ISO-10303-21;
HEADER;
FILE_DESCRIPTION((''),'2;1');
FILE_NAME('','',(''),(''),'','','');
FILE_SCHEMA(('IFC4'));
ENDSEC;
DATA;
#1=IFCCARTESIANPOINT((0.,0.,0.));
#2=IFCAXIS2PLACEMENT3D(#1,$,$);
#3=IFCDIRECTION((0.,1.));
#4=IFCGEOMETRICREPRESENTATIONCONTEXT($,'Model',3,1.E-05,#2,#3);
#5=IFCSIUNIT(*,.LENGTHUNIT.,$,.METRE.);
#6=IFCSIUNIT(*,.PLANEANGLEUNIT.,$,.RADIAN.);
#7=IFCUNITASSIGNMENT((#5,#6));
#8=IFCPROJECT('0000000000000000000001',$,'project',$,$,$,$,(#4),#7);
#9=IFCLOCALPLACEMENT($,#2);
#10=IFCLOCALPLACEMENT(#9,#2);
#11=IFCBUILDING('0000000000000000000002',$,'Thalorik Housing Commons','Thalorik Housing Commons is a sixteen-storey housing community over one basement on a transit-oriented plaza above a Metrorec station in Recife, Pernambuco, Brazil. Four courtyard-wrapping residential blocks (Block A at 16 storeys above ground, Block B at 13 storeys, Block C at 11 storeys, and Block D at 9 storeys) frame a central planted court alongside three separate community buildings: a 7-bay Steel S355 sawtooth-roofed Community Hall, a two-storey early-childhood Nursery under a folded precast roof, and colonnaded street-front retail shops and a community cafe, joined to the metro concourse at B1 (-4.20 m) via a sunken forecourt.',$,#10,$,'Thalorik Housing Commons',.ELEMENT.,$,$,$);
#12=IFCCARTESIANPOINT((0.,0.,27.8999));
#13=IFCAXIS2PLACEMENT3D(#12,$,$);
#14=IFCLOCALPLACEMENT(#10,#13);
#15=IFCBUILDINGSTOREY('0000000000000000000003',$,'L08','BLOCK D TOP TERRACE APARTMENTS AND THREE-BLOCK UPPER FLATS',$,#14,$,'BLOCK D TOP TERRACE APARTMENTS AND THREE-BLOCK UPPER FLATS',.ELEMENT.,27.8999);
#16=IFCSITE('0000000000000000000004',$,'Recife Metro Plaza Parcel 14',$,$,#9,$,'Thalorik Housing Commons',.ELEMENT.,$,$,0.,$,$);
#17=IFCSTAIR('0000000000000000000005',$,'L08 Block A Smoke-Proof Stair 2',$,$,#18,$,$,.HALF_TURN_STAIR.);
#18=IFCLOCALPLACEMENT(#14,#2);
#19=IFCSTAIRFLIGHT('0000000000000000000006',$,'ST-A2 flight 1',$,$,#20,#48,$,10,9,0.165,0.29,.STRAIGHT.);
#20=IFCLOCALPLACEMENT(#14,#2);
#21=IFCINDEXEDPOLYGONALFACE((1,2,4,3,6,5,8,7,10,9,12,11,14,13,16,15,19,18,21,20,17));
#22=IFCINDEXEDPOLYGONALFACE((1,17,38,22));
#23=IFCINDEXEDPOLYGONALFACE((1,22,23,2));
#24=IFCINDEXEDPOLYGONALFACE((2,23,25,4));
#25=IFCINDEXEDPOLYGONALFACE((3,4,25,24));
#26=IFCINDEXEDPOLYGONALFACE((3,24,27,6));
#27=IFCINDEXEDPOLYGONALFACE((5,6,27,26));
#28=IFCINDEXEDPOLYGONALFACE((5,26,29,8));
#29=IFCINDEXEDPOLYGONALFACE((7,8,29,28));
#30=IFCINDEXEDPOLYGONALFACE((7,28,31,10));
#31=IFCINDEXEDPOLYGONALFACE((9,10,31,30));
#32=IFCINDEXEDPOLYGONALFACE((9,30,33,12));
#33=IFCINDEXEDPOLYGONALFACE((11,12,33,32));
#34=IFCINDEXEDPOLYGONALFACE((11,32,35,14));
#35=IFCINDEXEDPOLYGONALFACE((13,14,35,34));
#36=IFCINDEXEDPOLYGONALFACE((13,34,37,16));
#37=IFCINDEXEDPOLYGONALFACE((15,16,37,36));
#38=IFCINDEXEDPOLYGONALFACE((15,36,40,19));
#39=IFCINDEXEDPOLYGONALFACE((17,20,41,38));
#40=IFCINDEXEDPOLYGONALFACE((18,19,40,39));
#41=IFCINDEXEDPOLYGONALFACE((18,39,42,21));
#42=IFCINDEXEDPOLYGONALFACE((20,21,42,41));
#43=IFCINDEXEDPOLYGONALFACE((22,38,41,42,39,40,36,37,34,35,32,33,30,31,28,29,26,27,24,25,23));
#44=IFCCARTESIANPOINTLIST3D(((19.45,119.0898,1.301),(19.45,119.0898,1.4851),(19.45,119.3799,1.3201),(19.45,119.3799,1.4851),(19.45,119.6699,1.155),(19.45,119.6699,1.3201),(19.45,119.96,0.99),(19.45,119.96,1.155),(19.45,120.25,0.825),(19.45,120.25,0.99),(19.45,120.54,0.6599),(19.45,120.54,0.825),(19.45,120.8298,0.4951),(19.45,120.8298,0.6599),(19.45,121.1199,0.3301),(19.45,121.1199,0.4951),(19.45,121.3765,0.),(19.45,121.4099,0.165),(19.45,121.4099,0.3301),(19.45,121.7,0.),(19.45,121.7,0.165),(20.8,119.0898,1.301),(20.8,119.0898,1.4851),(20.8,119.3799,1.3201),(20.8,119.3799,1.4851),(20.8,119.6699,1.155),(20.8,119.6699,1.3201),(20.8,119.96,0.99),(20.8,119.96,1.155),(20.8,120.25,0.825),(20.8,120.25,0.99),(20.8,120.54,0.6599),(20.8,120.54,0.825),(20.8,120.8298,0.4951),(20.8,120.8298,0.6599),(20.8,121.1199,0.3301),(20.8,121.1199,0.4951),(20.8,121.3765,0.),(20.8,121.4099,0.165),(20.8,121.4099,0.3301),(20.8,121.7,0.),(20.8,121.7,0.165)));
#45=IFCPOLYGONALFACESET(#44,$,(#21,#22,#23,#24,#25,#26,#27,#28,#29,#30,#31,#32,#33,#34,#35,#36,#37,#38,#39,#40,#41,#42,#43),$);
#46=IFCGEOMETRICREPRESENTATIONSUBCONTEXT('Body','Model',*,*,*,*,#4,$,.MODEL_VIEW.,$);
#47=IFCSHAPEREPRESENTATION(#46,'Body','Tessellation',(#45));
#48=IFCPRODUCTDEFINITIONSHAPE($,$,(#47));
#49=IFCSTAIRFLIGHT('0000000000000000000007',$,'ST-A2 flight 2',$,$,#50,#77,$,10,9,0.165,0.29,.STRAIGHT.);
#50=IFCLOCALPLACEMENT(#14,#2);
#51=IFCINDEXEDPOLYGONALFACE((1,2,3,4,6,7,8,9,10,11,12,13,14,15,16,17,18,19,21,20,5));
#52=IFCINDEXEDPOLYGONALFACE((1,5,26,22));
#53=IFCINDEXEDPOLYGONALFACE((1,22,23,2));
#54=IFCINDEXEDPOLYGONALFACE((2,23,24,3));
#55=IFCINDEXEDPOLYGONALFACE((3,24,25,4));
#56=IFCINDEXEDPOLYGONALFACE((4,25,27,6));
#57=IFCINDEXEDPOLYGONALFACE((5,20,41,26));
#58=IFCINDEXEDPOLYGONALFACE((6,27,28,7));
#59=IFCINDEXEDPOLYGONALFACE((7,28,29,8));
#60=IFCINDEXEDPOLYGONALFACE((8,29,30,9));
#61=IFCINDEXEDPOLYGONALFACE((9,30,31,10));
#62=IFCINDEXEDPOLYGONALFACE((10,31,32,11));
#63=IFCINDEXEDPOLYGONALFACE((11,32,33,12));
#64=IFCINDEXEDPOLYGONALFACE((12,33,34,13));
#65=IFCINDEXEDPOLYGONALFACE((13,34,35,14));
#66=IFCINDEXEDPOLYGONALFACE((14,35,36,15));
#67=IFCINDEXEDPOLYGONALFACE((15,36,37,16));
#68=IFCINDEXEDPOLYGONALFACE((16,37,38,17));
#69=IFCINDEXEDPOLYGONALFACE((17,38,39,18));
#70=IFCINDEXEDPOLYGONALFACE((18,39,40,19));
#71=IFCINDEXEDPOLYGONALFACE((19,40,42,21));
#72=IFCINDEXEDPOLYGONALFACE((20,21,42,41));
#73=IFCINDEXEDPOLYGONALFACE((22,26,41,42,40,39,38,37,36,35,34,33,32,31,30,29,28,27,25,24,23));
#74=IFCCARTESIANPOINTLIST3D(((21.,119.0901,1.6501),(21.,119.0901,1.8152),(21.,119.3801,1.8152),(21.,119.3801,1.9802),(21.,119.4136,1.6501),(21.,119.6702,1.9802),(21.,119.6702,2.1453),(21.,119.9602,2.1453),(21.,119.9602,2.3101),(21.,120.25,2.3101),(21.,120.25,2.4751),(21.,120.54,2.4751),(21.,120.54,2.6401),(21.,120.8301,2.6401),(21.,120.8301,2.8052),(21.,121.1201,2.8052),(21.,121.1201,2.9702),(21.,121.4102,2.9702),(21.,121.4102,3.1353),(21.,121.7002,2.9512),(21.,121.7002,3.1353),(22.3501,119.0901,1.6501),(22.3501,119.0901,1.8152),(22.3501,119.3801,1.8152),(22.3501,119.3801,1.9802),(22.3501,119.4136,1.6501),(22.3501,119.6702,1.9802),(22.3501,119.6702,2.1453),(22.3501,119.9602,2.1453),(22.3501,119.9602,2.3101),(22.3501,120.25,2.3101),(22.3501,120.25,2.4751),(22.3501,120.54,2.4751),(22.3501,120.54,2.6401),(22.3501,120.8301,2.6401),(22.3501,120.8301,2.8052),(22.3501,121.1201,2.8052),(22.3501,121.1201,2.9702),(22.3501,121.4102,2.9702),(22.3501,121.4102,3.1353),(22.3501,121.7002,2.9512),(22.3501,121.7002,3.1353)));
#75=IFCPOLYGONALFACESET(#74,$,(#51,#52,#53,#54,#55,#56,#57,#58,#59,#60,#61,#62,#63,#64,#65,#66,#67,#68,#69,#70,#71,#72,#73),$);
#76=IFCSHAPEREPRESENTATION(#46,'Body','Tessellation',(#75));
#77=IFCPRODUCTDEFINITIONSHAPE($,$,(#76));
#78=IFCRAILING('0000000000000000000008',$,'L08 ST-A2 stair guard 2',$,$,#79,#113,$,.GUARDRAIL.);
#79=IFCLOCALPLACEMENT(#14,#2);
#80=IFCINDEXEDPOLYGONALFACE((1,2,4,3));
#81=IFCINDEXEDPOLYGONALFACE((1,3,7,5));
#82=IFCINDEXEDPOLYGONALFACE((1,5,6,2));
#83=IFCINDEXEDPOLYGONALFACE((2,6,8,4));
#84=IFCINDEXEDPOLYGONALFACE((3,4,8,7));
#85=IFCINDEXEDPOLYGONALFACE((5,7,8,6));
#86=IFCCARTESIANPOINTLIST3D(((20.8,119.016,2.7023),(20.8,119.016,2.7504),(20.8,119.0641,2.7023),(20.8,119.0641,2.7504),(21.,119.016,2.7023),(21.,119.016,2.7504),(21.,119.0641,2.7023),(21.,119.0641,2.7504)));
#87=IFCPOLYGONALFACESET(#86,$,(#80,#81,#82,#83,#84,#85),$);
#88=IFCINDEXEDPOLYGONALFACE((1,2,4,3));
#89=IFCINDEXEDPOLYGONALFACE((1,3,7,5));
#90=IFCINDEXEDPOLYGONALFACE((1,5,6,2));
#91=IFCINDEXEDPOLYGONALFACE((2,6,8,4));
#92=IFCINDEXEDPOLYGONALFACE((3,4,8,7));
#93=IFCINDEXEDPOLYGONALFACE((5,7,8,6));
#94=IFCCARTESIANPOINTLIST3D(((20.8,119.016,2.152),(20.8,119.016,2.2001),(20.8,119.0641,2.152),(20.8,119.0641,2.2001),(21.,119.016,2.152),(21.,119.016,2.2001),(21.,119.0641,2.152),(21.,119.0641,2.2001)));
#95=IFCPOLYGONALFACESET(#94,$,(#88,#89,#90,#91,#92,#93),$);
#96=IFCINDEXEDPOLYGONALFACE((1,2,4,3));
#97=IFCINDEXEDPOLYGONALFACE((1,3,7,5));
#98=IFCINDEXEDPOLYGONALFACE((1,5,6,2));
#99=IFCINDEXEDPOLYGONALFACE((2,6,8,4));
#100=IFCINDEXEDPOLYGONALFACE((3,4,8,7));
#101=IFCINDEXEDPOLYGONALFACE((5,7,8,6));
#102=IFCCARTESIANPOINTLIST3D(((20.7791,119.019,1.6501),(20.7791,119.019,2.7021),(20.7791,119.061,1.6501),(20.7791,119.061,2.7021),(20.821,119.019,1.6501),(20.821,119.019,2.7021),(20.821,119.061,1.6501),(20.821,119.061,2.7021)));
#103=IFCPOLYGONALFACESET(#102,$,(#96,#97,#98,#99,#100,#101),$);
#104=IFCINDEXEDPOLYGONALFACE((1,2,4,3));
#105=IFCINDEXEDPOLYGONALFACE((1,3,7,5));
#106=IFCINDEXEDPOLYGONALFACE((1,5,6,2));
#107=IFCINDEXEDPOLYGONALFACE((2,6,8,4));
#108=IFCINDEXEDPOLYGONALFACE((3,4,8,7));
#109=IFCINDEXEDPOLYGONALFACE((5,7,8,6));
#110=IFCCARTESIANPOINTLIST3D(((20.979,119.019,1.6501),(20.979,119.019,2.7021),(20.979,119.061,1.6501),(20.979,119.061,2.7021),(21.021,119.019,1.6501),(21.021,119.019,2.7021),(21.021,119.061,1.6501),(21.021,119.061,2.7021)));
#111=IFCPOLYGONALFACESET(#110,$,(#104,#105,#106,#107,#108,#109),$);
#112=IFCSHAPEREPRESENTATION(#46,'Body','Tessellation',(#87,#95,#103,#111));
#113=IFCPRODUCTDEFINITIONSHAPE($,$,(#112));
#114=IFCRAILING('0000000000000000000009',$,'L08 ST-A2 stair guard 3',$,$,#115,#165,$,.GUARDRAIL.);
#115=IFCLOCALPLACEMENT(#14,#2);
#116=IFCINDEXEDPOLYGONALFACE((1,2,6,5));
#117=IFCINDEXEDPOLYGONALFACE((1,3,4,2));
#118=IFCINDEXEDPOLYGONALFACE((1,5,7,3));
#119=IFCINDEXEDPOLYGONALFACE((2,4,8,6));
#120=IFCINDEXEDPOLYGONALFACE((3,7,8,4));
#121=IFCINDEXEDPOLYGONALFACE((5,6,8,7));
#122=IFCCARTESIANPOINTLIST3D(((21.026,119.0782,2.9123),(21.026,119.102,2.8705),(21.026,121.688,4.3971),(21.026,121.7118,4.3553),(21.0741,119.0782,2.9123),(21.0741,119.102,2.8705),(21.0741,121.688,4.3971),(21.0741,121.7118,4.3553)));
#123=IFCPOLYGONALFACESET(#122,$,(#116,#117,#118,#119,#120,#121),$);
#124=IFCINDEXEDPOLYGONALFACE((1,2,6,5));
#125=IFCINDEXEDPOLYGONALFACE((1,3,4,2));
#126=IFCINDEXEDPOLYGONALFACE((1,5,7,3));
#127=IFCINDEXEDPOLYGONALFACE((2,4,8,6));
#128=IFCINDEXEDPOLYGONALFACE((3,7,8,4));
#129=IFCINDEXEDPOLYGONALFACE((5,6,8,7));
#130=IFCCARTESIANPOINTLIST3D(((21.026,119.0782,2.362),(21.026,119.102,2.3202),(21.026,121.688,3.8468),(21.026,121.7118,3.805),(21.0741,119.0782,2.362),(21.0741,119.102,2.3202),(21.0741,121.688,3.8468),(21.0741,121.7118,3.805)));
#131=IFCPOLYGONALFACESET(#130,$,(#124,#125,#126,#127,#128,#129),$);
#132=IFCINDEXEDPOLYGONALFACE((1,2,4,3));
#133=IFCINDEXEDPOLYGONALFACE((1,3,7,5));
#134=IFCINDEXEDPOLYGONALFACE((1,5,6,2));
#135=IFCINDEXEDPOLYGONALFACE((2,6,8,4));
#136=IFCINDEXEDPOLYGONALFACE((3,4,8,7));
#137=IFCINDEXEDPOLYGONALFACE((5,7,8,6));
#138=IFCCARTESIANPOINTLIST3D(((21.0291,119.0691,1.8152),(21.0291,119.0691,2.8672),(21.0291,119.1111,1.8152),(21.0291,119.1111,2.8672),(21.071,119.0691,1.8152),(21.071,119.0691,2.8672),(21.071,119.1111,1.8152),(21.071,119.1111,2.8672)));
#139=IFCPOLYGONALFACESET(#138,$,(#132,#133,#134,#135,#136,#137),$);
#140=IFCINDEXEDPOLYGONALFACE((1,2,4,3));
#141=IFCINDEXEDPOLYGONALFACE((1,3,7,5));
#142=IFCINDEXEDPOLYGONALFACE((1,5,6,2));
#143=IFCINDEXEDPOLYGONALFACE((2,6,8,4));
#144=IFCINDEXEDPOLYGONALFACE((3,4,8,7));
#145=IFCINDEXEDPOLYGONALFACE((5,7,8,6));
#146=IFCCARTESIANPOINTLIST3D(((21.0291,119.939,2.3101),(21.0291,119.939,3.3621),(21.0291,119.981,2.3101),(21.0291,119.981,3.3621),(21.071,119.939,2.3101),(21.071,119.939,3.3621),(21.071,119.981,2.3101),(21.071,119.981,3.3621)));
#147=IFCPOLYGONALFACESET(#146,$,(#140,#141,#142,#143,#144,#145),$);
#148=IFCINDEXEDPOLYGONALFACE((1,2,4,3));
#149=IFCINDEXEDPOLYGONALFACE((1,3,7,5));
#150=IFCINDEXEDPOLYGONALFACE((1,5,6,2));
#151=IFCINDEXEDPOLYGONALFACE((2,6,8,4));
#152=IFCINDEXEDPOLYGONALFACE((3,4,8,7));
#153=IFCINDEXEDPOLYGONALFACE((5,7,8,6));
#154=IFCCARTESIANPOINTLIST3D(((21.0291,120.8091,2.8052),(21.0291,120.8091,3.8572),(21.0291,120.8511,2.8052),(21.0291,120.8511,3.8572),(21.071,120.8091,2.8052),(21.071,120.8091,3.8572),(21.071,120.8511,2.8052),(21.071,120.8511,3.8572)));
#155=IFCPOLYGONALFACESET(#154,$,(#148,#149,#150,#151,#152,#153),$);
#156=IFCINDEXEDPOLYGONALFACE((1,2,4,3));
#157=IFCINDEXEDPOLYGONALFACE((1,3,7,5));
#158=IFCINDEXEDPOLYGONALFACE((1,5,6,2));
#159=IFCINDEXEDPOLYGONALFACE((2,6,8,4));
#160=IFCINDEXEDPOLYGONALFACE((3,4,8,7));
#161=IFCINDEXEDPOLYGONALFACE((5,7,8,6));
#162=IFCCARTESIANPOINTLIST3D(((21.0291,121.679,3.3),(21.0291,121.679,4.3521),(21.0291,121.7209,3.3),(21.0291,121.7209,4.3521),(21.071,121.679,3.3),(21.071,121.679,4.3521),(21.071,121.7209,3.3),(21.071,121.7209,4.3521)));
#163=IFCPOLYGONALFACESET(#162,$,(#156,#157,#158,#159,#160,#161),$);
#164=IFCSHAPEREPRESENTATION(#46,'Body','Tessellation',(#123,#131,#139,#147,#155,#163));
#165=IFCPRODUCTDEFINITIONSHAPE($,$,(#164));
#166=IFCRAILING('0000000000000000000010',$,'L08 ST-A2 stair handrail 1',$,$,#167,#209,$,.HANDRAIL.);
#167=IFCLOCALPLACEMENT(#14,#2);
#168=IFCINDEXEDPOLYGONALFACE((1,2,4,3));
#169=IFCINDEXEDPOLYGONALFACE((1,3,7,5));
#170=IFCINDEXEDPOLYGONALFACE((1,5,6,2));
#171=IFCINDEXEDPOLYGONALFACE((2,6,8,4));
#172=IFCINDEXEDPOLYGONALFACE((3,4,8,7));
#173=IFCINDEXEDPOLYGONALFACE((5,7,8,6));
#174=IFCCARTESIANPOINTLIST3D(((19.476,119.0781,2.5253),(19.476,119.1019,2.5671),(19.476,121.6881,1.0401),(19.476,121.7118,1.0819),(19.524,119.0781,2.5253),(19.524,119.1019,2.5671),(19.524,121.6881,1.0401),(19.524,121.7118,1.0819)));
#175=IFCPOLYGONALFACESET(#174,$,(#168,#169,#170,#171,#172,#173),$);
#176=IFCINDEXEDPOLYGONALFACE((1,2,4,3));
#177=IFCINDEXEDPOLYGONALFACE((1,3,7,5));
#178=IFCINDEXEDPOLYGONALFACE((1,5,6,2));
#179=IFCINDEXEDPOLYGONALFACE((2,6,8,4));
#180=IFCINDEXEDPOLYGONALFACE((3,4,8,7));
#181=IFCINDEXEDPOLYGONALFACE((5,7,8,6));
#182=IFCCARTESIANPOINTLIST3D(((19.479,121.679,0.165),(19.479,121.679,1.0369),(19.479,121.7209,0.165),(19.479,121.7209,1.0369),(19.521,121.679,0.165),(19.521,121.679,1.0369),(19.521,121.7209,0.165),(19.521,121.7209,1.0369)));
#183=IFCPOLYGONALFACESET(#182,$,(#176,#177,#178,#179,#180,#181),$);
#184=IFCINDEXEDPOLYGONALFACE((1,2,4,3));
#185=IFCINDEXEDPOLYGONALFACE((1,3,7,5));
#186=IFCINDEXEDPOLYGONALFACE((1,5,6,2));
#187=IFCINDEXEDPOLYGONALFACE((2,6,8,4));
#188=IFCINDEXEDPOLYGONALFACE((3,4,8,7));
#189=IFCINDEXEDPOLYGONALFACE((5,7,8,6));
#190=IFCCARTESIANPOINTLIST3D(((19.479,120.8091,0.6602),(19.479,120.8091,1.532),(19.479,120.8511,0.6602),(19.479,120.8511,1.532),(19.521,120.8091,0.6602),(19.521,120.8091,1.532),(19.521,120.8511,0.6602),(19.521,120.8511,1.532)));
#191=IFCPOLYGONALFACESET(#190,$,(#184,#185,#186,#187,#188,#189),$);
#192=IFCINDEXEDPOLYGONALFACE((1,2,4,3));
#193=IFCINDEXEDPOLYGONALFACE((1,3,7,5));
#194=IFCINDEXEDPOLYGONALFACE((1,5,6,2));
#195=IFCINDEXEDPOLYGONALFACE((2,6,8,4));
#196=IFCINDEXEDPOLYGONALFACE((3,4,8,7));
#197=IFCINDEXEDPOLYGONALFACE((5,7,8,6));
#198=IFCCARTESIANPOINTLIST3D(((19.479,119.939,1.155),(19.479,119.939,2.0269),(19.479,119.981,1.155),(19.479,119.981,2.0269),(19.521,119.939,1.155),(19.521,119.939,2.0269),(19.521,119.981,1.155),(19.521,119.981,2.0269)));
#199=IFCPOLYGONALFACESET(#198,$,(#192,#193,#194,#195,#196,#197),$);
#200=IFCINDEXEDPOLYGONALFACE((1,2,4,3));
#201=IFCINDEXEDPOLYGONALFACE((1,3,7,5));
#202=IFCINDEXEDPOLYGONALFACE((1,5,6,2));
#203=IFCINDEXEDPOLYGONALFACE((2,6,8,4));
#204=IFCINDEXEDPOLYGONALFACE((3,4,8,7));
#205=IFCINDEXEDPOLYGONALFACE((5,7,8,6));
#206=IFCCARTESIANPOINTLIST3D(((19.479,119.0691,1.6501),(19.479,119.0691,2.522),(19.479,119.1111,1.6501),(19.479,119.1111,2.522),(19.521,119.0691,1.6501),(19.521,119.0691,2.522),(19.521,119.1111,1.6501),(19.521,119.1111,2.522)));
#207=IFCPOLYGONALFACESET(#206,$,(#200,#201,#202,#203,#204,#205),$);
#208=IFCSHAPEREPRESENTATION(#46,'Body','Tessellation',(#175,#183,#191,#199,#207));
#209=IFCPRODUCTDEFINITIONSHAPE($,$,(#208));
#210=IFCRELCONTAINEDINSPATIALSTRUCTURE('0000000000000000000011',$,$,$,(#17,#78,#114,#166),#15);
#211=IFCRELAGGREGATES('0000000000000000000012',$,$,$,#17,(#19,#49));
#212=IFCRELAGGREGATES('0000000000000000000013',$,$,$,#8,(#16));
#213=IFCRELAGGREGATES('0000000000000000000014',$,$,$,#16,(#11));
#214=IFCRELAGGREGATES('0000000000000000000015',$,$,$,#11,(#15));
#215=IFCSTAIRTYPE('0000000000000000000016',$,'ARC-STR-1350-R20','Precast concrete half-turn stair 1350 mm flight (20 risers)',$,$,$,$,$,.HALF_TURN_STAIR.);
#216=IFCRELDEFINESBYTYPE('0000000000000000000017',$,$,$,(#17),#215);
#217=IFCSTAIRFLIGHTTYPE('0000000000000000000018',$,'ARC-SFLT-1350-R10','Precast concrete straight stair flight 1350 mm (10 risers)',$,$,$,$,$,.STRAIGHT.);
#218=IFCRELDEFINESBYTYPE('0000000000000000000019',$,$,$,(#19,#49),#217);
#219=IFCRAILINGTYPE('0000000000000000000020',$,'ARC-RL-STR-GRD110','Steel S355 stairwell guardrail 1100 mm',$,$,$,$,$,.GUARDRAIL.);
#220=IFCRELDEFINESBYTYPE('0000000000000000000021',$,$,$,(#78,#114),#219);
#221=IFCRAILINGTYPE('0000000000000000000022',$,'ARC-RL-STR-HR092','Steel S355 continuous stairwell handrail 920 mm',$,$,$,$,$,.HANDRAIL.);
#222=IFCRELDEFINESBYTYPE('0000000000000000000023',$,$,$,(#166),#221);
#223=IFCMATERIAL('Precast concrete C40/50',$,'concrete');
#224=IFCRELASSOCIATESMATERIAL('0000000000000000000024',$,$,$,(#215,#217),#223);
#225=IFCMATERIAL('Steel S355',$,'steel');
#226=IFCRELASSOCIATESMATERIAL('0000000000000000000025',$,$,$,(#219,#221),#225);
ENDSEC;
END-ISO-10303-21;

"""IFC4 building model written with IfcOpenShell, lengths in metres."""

from ifc_helpers import new_model, si_unit, direction, frame, origin, origin_2d, place, context, subcontext, project, spatial, polyline, rectangle, outline, extrude, material, type_object, element, aggregate, save


model = new_model("IFC4")

# Units and contexts
model_context = context("Model", 3, precision=1e-05, world=origin(), true_north=direction((0.0, 1.0)))
body_context = subcontext(model_context, "Body", "Model", "MODEL_VIEW")
ifc_project = project(units=[si_unit("LENGTHUNIT", "METRE"), si_unit("PLANEANGLEUNIT", "RADIAN")], contexts=[model_context])

# Site, building, storey
site_placement = place(None, origin())
site = spatial("IfcSite", under=ifc_project, at=site_placement, Name="Recife Metro Plaza Parcel 14", LongName="Thalorik Housing Commons", CompositionType="ELEMENT", RefElevation=0.0)
building_placement = place(site_placement, origin())
building = spatial("IfcBuilding", under=site, at=building_placement, Name="Thalorik Housing Commons", Description="Thalorik Housing Commons is a sixteen-storey housing community over one basement on a transit-oriented plaza above a Metrorec station in Recife, Pernambuco, Brazil. Four courtyard-wrapping residential blocks (Block A at 16 storeys above ground, Block B at 13 storeys, Block C at 11 storeys, and Block D at 9 storeys) frame a central planted court alongside three separate community buildings: a 7-bay Steel S355 sawtooth-roofed Community Hall, a two-storey early-childhood Nursery under a folded precast roof, and colonnaded street-front retail shops and a community cafe, joined to the metro concourse at B1 (-4.20 m) via a sunken forecourt.", LongName="Thalorik Housing Commons", CompositionType="ELEMENT")
storey_placement = place(building_placement, frame((0.0, 0.0, 27.8999)))
storey = spatial("IfcBuildingStorey", under=building, at=storey_placement, Name="L08", Description="BLOCK D TOP TERRACE APARTMENTS AND THREE-BLOCK UPPER FLATS", LongName="BLOCK D TOP TERRACE APARTMENTS AND THREE-BLOCK UPPER FLATS", CompositionType="ELEMENT", Elevation=27.8999)

# Shared definitions
ifc_material_1 = material(Name="Precast concrete C40/50", Category="concrete")

# Shared definitions
ifc_material_2 = material(Name="Steel S355", Category="steel")

# Stair, stair flights
stair_type = type_object("IfcStairType", Name="ARC-STR-1350-R20", Description="Precast concrete half-turn stair 1350 mm flight (20 risers)", PredefinedType="HALF_TURN_STAIR", material=ifc_material_1)
stair_placement = place(storey_placement, origin())
stair = element("IfcStair", 1, at=stair_placement, inside=storey, type_object=stair_type, Name="L08 Block A Smoke-Proof Stair 2", PredefinedType="HALF_TURN_STAIR")
stair_flight_type = type_object("IfcStairFlightType", Name="ARC-SFLT-1350-R10", Description="Precast concrete straight stair flight 1350 mm (10 risers)", PredefinedType="STRAIGHT", material=ifc_material_1)
stair_flight_1_placement = place(storey_placement, frame((20.125, 121.7, 0.0), z_axis=(0.0, 0.0, 1.0), x_axis=(0.0, -1.0, 0.0)))
stair_flight_1 = element("IfcStairFlight", 2, at=stair_flight_1_placement, type_object=stair_flight_type, Name="ST-A2 flight 1", NumberOfRisers=10, NumberOfTreads=9, PredefinedType="STRAIGHT", RiserHeight=0.165, TreadLength=0.29, context=body_context, shape_type="SweptSolid", body=[
    extrude(outline(polyline([(0.0, 0.0), (0.0, 0.165), (0.29, 0.165), (0.29, 0.3301), (0.5801, 0.3301), (0.5801, 0.4951), (0.8701, 0.4951), (0.8701, 0.6599), (1.1599, 0.6599), (1.1599, 0.825), (1.45, 0.825), (1.45, 0.99), (1.74, 0.99), (1.74, 1.155), (2.03, 1.155), (2.03, 1.3201), (2.3201, 1.3201), (2.3201, 1.4851), (2.6101, 1.4851), (2.6101, 1.6499), (2.6101, 1.301), (0.3235, 0.0), (0.0, 0.0)])), frame((0.0, 0.675, 0.0), z_axis=(0.0, -1.0, 0.0), x_axis=(1.0, 0.0, 0.0)), (0.0, 0.0, 1.0), 1.3501),
])
stair_flight_2_placement = place(storey_placement, frame((21.675, 119.0901, 1.6501), z_axis=(0.0, 0.0, 1.0), x_axis=(0.0, 1.0, 0.0)))
stair_flight_2 = element("IfcStairFlight", 3, at=stair_flight_2_placement, type_object=stair_flight_type, Name="ST-A2 flight 2", NumberOfRisers=10, NumberOfTreads=9, PredefinedType="STRAIGHT", RiserHeight=0.165, TreadLength=0.29, context=body_context, shape_type="SweptSolid", body=[
    extrude(outline(polyline([(0.0, 0.0), (0.0, 0.165), (0.29, 0.165), (0.29, 0.3301), (0.5801, 0.3301), (0.5801, 0.4951), (0.8701, 0.4951), (0.8701, 0.6599), (1.1599, 0.6599), (1.1599, 0.825), (1.45, 0.825), (1.45, 0.99), (1.74, 0.99), (1.74, 1.155), (2.03, 1.155), (2.03, 1.3201), (2.3201, 1.3201), (2.3201, 1.4851), (2.6101, 1.4851), (2.6101, 1.6499), (2.6101, 1.301), (0.3235, 0.0), (0.0, 0.0)])), frame((0.0, 0.675, 0.0), z_axis=(0.0, -1.0, 0.0), x_axis=(1.0, 0.0, 0.0)), (0.0, 0.0, 1.0), 1.3501),
])
aggregate(stair, [stair_flight_1, stair_flight_2])

# Railings
railing_type_1 = type_object("IfcRailingType", Name="ARC-RL-STR-GRD110", Description="Steel S355 stairwell guardrail 1100 mm", PredefinedType="GUARDRAIL", material=ifc_material_2)
railing_1_placement = place(storey_placement, frame((20.8, 119.04, 1.6501)))
element("IfcRailing", 4, at=railing_1_placement, inside=storey, type_object=railing_type_1, Name="L08 ST-A2 stair guard 2", PredefinedType="GUARDRAIL", context=body_context, shape_type="SweptSolid", body=[
    extrude(rectangle(XDim=0.0481, YDim=0.0481, at=origin_2d()), frame((0.0, 0.0, 1.0762), z_axis=(1.0, 0.0, 0.0), x_axis=(0.0, 1.0, 0.0)), (0.0, 0.0, 1.0), 0.2),
    extrude(rectangle(XDim=0.0481, YDim=0.0481, at=origin_2d()), frame((0.0, 0.0, 0.5259), z_axis=(1.0, 0.0, 0.0), x_axis=(0.0, 1.0, 0.0)), (0.0, 0.0, 1.0), 0.2),
    extrude(rectangle(XDim=0.042, YDim=0.042, at=origin_2d()), origin(), (0.0, 0.0, 1.0), 1.052),
    extrude(rectangle(XDim=0.042, YDim=0.042, at=origin_2d()), frame((0.2, 0.0, 0.0)), (0.0, 0.0, 1.0), 1.052),
])
railing_2_placement = place(storey_placement, frame((21.05, 119.0901, 1.8152)))
element("IfcRailing", 5, at=railing_2_placement, inside=storey, type_object=railing_type_1, Name="L08 ST-A2 stair guard 3", PredefinedType="GUARDRAIL", context=body_context, shape_type="SweptSolid", body=[
    extrude(rectangle(XDim=0.0481, YDim=0.0481, at=origin_2d()), frame((0.0, 0.0, 1.0762), z_axis=(0.0, 0.869172, 0.494509), x_axis=(-1.0, 0.0, 0.0)), (0.0, 0.0, 1.0), 3.0027),
    extrude(rectangle(XDim=0.0481, YDim=0.0481, at=origin_2d()), frame((0.0, 0.0, 0.5259), z_axis=(0.0, 0.869172, 0.494509), x_axis=(-1.0, 0.0, 0.0)), (0.0, 0.0, 1.0), 3.0027),
    extrude(rectangle(XDim=0.042, YDim=0.042, at=origin_2d()), origin(), (0.0, 0.0, 1.0), 1.052),
    extrude(rectangle(XDim=0.042, YDim=0.042, at=origin_2d()), frame((0.0, 0.8699, 0.4949)), (0.0, 0.0, 1.0), 1.052),
    extrude(rectangle(XDim=0.042, YDim=0.042, at=origin_2d()), frame((0.0, 1.74, 0.99)), (0.0, 0.0, 1.0), 1.052),
    extrude(rectangle(XDim=0.042, YDim=0.042, at=origin_2d()), frame((0.0, 2.6099, 1.4849)), (0.0, 0.0, 1.0), 1.052),
])
railing_type_2 = type_object("IfcRailingType", Name="ARC-RL-STR-HR092", Description="Steel S355 continuous stairwell handrail 920 mm", PredefinedType="HANDRAIL", material=ifc_material_2)
railing_3_placement = place(storey_placement, frame((19.5, 121.7, 0.165)))
element("IfcRailing", 6, at=railing_3_placement, inside=storey, type_object=railing_type_2, Name="L08 ST-A2 stair handrail 1", PredefinedType="HANDRAIL", context=body_context, shape_type="SweptSolid", body=[
    extrude(rectangle(XDim=0.0481, YDim=0.0481, at=origin_2d()), frame((0.0, 0.0, 0.896), z_axis=(0.0, -0.869137, 0.494571), x_axis=(1.0, 0.0, 0.0)), (0.0, 0.0, 1.0), 3.0029),
    extrude(rectangle(XDim=0.042, YDim=0.042, at=origin_2d()), origin(), (0.0, 0.0, 1.0), 0.8718),
    extrude(rectangle(XDim=0.042, YDim=0.042, at=origin_2d()), frame((0.0, -0.8699, 0.4951)), (0.0, 0.0, 1.0), 0.8718),
    extrude(rectangle(XDim=0.042, YDim=0.042, at=origin_2d()), frame((0.0, -1.74, 0.99)), (0.0, 0.0, 1.0), 0.8718),
    extrude(rectangle(XDim=0.042, YDim=0.042, at=origin_2d()), frame((0.0, -2.6099, 1.4851)), (0.0, 0.0, 1.0), 0.8718),
])

save(model, "model.ifc")
